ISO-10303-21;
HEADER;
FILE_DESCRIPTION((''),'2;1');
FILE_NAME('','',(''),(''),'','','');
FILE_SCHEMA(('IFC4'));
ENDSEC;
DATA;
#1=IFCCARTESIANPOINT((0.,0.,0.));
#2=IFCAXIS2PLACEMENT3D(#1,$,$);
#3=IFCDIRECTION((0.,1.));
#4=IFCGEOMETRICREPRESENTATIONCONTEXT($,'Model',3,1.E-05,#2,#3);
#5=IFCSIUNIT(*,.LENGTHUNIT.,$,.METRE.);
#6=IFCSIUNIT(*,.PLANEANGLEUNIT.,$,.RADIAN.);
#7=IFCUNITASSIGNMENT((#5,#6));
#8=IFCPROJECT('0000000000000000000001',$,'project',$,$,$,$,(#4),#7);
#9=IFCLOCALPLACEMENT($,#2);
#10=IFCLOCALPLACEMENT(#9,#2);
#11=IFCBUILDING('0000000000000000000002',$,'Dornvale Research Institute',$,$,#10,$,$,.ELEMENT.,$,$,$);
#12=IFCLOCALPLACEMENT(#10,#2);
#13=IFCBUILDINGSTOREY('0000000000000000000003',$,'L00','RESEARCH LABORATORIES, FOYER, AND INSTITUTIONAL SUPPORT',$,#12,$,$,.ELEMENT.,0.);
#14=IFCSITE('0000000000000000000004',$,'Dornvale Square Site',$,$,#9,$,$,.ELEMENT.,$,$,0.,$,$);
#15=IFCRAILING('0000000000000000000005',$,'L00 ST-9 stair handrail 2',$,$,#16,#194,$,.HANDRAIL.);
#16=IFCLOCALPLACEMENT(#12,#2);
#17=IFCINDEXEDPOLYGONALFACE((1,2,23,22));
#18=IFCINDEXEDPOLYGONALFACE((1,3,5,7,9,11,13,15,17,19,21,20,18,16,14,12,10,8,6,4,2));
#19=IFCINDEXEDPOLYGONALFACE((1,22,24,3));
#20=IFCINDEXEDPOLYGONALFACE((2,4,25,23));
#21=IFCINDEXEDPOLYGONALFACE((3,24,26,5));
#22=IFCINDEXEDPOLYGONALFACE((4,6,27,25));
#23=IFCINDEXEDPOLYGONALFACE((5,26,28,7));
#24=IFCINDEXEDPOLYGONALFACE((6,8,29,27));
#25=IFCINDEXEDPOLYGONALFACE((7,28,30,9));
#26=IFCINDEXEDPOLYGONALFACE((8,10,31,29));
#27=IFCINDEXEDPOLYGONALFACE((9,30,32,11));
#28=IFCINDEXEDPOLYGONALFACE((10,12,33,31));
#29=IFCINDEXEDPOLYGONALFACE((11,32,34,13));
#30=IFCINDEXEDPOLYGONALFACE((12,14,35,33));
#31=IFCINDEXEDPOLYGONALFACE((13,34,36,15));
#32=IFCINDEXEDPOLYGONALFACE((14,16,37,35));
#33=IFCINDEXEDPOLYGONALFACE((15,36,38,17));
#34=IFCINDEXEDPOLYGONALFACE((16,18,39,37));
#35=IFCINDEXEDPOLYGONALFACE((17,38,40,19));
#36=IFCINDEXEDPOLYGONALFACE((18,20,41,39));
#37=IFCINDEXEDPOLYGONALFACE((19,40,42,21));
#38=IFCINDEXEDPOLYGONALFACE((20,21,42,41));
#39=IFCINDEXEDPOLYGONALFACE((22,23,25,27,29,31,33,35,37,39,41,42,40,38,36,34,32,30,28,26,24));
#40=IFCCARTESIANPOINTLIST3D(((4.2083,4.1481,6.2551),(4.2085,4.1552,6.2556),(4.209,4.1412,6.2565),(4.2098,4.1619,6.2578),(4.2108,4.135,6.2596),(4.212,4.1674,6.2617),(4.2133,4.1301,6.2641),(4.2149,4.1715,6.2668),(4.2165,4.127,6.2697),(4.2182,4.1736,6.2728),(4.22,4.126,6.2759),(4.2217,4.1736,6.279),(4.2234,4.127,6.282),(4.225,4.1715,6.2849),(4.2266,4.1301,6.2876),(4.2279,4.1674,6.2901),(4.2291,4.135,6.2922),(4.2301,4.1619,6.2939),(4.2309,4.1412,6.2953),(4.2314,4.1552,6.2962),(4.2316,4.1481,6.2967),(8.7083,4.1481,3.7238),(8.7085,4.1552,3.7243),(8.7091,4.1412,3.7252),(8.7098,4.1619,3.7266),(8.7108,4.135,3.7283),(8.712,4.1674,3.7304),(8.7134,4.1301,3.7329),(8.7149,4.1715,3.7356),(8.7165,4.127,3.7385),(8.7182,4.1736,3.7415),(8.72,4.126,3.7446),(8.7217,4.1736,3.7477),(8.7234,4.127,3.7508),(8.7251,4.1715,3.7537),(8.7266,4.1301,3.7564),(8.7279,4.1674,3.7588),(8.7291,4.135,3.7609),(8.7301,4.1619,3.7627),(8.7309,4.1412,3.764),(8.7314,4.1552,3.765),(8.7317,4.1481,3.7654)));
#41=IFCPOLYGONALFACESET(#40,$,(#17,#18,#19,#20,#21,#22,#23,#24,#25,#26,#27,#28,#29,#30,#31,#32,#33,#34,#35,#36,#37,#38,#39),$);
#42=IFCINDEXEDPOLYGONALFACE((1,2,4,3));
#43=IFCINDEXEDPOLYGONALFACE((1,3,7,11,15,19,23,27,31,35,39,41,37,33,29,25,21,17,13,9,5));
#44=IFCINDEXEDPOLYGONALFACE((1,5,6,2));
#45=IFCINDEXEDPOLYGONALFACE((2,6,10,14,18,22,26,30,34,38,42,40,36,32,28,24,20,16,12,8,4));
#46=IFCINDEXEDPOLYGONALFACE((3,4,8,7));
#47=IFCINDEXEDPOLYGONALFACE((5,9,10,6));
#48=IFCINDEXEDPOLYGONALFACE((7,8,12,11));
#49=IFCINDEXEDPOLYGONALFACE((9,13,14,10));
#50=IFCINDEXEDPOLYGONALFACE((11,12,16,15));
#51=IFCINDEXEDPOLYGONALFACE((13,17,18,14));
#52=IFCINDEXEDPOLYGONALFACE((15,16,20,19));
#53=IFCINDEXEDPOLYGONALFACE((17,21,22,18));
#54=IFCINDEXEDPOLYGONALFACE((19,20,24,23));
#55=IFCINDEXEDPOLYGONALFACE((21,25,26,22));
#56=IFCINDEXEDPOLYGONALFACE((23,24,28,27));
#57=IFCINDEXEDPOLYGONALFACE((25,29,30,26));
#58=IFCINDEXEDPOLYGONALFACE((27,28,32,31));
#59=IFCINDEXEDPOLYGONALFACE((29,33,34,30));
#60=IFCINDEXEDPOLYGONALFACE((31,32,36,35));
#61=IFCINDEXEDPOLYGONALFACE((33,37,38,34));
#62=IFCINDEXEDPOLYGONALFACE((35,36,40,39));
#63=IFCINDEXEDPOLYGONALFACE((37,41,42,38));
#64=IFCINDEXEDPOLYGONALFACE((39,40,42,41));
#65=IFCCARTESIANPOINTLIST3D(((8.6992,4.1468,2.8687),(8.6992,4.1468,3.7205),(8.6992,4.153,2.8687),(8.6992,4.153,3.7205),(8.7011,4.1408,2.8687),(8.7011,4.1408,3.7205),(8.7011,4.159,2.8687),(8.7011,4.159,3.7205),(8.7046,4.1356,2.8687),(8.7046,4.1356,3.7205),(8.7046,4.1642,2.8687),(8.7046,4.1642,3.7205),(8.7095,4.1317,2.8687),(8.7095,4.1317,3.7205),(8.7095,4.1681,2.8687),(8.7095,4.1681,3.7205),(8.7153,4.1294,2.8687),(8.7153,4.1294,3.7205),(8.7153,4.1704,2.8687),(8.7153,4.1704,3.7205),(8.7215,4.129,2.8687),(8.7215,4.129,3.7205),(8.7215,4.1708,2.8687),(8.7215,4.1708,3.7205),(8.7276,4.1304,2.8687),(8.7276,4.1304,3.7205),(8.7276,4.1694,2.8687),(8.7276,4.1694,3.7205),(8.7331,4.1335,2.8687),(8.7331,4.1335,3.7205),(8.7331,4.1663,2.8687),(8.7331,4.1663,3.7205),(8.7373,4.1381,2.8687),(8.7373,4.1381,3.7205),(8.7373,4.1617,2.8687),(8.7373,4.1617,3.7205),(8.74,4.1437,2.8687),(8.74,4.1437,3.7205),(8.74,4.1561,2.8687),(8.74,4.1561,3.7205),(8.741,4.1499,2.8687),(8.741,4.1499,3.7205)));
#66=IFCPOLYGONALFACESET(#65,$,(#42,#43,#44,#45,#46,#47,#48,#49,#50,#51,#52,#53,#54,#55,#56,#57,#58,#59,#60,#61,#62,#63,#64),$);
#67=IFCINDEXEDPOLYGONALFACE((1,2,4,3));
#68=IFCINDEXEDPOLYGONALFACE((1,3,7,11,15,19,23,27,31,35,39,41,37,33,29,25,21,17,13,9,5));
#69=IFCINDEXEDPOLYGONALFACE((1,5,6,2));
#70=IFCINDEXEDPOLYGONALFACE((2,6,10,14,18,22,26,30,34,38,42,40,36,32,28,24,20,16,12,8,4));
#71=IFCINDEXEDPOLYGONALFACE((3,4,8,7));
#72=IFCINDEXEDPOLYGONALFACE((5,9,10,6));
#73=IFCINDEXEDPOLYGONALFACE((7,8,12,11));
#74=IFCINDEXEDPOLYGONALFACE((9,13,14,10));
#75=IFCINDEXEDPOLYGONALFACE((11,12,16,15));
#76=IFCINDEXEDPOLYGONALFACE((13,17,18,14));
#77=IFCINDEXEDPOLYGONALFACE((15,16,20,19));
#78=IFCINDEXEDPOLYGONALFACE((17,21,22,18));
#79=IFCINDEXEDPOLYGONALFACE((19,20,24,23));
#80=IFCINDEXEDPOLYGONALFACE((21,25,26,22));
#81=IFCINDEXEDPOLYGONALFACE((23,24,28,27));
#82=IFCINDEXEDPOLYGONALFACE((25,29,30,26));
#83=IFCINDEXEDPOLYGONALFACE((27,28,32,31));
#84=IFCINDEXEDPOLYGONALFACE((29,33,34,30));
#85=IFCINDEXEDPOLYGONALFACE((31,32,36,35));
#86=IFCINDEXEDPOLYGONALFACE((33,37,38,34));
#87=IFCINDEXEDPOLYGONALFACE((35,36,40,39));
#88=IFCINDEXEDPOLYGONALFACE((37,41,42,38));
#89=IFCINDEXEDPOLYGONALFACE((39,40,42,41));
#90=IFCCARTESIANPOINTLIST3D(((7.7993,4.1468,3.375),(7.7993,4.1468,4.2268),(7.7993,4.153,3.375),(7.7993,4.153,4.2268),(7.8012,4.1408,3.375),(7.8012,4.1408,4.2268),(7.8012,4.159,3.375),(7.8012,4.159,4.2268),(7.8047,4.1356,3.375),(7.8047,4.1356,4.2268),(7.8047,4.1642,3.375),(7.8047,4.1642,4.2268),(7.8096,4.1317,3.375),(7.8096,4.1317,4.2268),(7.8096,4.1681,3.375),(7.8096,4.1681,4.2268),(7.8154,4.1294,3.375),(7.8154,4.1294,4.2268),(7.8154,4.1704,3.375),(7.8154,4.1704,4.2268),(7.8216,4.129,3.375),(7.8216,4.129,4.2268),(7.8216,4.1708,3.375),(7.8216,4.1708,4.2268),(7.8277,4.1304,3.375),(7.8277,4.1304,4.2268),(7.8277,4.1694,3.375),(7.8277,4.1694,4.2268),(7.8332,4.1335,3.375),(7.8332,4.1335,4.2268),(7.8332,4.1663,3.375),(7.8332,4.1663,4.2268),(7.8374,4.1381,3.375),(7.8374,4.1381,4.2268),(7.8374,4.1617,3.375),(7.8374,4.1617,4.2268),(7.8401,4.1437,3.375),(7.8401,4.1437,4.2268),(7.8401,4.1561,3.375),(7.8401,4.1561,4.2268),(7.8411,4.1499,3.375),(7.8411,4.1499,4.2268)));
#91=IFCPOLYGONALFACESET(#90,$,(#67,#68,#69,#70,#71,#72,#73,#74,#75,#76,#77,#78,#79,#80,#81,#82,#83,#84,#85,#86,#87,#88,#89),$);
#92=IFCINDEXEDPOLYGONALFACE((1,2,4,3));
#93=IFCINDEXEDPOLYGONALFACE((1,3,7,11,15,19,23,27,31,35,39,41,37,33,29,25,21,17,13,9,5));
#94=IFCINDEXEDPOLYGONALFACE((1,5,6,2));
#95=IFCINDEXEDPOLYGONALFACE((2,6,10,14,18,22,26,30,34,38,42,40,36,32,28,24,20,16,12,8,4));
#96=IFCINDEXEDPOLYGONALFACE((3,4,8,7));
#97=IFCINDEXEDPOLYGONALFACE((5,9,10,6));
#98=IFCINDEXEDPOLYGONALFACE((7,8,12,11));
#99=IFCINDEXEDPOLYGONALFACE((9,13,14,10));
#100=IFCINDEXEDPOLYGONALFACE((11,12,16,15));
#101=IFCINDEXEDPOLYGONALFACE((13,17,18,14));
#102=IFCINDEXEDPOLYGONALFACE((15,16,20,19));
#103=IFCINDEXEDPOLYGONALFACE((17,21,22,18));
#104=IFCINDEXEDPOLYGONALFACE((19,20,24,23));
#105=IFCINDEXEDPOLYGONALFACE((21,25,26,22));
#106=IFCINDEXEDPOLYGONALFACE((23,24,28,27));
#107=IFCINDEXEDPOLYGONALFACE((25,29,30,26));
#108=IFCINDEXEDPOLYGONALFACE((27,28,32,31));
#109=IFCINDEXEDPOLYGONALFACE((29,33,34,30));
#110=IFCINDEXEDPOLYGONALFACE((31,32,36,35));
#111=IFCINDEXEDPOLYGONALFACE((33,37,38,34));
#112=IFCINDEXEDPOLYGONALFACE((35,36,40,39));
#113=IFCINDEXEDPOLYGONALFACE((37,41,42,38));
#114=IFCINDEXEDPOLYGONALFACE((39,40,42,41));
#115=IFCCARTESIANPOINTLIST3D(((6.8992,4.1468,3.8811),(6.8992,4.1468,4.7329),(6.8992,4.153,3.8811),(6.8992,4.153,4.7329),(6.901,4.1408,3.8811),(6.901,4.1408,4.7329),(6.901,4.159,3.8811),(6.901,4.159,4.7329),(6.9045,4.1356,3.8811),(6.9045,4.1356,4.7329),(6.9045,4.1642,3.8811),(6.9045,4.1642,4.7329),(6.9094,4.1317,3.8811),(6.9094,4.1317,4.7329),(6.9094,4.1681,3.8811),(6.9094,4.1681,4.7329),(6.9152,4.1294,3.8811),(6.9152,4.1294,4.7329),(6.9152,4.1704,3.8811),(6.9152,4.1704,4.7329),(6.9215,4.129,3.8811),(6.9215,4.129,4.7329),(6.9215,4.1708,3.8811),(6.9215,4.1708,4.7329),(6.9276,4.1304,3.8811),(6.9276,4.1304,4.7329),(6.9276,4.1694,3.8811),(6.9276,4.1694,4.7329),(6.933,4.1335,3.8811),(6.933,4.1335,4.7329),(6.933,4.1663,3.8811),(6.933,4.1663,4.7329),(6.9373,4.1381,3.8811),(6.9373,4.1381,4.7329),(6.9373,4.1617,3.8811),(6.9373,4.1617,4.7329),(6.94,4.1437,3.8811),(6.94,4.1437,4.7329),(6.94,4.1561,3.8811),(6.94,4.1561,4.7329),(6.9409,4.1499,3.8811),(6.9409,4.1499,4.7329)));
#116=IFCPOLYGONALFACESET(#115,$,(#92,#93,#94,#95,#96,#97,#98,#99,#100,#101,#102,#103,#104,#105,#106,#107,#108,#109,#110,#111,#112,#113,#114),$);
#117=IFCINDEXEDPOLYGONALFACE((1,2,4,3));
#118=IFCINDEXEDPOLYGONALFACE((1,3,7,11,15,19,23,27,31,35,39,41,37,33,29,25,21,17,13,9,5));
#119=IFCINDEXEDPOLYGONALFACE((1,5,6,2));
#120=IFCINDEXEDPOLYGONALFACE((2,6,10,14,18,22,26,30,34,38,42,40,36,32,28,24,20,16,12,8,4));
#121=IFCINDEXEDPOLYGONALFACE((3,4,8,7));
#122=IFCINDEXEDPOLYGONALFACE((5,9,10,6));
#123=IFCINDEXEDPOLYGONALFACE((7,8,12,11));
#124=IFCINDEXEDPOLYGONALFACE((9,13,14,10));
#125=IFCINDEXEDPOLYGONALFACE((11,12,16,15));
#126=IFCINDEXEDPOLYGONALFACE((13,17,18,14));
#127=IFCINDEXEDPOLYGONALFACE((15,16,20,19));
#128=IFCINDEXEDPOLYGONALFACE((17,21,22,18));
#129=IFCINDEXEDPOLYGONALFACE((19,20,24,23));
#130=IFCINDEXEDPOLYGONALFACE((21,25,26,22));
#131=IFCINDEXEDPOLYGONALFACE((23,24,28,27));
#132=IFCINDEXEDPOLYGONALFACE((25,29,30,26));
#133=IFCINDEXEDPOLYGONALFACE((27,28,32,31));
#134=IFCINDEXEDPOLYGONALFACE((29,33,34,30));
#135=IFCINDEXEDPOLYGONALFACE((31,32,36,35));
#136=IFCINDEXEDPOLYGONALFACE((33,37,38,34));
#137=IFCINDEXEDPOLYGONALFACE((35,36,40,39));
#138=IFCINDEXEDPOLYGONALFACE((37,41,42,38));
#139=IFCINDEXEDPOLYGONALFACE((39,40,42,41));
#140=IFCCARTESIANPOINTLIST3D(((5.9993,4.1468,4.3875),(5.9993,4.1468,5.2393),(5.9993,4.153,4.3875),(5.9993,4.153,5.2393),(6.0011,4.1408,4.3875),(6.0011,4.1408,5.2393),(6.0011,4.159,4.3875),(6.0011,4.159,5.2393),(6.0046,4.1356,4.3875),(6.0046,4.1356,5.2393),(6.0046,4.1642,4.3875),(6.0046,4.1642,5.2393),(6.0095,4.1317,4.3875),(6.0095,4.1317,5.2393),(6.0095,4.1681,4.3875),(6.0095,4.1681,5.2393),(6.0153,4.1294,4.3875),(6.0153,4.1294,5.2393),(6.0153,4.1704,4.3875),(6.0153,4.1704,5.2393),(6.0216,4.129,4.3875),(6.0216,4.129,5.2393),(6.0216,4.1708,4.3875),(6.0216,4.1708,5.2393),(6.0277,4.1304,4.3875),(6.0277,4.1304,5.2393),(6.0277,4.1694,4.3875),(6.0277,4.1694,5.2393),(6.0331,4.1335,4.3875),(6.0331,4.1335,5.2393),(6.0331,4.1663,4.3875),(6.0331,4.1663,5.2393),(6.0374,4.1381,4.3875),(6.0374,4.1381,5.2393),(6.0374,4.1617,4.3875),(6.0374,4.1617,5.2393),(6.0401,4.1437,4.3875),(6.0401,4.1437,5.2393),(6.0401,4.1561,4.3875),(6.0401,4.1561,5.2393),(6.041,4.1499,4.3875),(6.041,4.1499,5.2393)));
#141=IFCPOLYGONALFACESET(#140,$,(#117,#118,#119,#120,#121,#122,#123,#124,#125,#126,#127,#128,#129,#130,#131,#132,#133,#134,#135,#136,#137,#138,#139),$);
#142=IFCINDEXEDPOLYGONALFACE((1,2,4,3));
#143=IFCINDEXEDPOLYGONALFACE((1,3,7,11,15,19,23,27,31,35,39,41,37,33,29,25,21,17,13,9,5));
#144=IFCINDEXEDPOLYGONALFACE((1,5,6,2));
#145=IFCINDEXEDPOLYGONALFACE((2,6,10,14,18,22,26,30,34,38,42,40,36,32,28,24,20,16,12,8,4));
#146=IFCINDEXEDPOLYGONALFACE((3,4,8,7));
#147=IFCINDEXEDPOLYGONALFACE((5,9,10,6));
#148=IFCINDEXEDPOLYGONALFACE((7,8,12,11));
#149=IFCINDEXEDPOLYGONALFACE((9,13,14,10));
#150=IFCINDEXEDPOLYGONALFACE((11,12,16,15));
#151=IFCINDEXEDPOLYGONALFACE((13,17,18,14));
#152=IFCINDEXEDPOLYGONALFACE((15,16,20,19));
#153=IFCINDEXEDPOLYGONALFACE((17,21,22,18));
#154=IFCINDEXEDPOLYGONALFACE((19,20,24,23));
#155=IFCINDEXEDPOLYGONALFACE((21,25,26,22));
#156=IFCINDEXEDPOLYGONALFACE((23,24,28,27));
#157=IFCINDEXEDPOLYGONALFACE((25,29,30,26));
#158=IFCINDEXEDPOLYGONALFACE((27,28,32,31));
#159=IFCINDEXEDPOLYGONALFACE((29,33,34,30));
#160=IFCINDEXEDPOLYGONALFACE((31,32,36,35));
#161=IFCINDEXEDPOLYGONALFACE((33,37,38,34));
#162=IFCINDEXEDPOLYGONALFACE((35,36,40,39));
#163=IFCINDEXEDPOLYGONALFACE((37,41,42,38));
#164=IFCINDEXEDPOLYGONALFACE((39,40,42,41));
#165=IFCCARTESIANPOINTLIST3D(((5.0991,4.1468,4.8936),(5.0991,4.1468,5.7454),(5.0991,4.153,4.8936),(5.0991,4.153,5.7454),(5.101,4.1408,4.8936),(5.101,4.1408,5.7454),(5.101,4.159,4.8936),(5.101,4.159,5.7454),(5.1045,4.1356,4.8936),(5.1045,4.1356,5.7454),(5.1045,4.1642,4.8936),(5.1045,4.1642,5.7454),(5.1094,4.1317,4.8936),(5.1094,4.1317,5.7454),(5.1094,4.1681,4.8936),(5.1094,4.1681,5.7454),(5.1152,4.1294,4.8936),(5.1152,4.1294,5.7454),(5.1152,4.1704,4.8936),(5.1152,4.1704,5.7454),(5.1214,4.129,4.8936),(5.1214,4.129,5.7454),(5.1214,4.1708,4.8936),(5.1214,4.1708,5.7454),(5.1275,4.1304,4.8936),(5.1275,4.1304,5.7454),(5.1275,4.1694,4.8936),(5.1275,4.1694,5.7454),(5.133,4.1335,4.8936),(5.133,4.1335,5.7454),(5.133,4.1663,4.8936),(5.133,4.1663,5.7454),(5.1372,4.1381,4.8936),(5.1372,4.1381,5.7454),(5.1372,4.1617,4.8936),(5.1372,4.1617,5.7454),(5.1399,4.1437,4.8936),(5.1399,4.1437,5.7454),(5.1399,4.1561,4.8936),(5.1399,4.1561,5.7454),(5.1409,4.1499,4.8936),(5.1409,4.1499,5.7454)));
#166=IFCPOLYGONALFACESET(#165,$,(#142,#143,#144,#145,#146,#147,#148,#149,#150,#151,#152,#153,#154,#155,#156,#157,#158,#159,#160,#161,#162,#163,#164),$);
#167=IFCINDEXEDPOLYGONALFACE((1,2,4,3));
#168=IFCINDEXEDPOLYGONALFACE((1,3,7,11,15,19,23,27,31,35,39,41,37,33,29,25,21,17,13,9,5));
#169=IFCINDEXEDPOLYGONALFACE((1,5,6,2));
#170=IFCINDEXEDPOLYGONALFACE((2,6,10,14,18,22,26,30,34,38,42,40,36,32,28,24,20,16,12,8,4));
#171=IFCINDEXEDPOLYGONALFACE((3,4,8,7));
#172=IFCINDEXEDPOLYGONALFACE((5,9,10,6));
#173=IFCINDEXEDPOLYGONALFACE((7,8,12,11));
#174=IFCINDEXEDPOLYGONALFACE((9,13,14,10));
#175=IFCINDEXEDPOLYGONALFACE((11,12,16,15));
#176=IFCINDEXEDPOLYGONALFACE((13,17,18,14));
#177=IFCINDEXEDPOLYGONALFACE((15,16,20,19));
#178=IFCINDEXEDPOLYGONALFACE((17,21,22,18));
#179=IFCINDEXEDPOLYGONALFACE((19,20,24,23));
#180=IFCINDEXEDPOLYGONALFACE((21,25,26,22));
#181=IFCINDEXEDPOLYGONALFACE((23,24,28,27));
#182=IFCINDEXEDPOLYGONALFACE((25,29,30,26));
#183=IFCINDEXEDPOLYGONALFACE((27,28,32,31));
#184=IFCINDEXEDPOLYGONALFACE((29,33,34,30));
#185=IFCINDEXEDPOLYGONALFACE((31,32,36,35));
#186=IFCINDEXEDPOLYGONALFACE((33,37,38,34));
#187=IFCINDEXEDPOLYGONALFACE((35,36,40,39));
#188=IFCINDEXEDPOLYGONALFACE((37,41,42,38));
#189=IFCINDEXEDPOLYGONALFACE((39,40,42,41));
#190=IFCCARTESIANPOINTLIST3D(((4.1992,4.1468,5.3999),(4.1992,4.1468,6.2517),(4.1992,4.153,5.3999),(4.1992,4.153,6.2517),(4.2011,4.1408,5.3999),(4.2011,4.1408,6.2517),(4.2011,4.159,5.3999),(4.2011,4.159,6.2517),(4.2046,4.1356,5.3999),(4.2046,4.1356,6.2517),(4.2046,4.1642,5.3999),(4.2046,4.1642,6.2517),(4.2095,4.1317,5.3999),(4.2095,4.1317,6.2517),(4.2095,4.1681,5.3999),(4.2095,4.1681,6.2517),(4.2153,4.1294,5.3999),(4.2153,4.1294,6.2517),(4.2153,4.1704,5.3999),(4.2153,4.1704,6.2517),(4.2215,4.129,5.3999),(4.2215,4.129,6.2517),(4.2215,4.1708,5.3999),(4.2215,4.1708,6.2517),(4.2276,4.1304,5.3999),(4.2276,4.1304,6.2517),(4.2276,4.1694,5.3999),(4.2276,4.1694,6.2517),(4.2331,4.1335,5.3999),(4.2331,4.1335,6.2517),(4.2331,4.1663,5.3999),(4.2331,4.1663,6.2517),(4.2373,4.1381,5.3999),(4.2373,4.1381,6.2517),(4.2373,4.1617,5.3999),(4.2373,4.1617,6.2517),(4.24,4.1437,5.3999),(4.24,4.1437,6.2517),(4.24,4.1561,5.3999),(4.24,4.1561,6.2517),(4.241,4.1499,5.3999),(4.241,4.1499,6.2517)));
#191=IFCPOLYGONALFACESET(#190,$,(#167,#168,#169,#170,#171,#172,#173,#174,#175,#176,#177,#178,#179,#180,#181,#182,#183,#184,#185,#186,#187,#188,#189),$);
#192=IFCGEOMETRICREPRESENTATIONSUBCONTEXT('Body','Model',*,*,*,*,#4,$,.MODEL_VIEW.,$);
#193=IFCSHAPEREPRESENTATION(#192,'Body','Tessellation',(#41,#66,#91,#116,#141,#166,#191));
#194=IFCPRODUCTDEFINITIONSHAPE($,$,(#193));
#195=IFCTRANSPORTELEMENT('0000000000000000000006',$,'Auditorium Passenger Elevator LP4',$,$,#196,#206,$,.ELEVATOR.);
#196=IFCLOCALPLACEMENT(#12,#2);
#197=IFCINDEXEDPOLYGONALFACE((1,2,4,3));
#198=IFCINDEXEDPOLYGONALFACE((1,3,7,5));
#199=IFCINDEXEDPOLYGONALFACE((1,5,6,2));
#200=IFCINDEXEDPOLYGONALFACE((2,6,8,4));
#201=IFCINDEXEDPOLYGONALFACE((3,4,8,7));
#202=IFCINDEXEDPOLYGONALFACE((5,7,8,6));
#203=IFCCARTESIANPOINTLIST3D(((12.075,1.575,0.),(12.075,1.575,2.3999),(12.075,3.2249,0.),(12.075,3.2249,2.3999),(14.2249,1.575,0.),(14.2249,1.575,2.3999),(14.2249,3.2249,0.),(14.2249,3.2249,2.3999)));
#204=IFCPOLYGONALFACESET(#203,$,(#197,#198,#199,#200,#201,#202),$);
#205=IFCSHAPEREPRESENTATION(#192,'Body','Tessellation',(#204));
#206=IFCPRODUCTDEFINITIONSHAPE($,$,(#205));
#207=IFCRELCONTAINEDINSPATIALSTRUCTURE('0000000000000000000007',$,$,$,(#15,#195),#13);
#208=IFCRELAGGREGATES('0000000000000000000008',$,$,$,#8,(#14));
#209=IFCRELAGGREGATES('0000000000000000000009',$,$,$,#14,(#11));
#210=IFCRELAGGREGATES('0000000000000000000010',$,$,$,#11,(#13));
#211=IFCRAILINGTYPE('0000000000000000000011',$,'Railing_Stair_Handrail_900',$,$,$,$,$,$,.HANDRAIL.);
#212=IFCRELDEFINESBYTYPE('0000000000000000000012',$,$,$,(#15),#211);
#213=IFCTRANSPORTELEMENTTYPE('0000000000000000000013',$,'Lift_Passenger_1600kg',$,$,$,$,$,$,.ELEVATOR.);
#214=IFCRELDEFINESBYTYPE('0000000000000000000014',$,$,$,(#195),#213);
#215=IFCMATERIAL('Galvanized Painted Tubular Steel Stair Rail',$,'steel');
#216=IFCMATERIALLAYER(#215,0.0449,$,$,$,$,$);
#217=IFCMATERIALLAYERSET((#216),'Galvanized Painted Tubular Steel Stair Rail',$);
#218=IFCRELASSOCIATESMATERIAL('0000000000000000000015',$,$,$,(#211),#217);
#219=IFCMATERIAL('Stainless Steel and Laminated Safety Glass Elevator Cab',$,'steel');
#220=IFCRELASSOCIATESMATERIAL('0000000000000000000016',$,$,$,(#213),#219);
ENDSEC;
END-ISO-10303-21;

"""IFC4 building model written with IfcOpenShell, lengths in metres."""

from ifc_helpers import new_model, si_unit, direction, frame, origin, origin_2d, place, context, subcontext, project, spatial, rectangle, circle, extrude, material, layer, layer_set, type_object, element, save


model = new_model("IFC4")

# Units and contexts
model_context = context("Model", 3, precision=1e-05, world=origin(), true_north=direction((0.0, 1.0)))
body_context = subcontext(model_context, "Body", "Model", "MODEL_VIEW")
ifc_project = project(units=[si_unit("LENGTHUNIT", "METRE"), si_unit("PLANEANGLEUNIT", "RADIAN")], contexts=[model_context])

# Site, building, storey
site_placement = place(None, origin())
site = spatial("IfcSite", under=ifc_project, at=site_placement, Name="Dornvale Square Site", CompositionType="ELEMENT", RefElevation=0.0)
building_placement = place(site_placement, origin())
building = spatial("IfcBuilding", under=site, at=building_placement, Name="Dornvale Research Institute", CompositionType="ELEMENT")
storey_placement = place(building_placement, origin())
storey = spatial("IfcBuildingStorey", under=building, at=storey_placement, Name="L00", Description="RESEARCH LABORATORIES, FOYER, AND INSTITUTIONAL SUPPORT", CompositionType="ELEMENT", Elevation=0.0)

# Railing
ifc_material_1 = material(Name="Galvanized Painted Tubular Steel Stair Rail", Category="steel")
ifc_layer_1 = layer(ifc_material_1, 0.0449)
ifc_layer_set_1 = layer_set([ifc_layer_1], Name="Galvanized Painted Tubular Steel Stair Rail")
railing_type_1 = type_object("IfcRailingType", Name="Railing_Stair_Handrail_900", PredefinedType="HANDRAIL", material=ifc_layer_set_1)
railing_1_placement = place(storey_placement, frame((8.72, 4.1499, 2.8687)))
element("IfcRailing", 1, at=railing_1_placement, inside=storey, type_object=railing_type_1, Name="L00 ST-9 stair handrail 2", PredefinedType="HANDRAIL", context=body_context, shape_type="SweptSolid", body=[
    extrude(circle(Radius=0.0239, at=origin_2d()), frame((0.0, 0.0, 0.876), z_axis=(-0.871576, 0.0, 0.490261), x_axis=(0.0, -1.0, 0.0)), (0.0, 0.0, 1.0), 5.1631),
    extrude(circle(Radius=0.021, at=origin_2d()), origin(), (0.0, 0.0, 1.0), 0.8518),
    extrude(circle(Radius=0.021, at=origin_2d()), frame((-0.8999, 0.0, 0.5063)), (0.0, 0.0, 1.0), 0.8518),
    extrude(circle(Radius=0.021, at=origin_2d()), frame((-1.8, 0.0, 1.0125)), (0.0, 0.0, 1.0), 0.8518),
    extrude(circle(Radius=0.021, at=origin_2d()), frame((-2.7, 0.0, 1.5188)), (0.0, 0.0, 1.0), 0.8518),
    extrude(circle(Radius=0.021, at=origin_2d()), frame((-3.6001, 0.0, 2.0249)), (0.0, 0.0, 1.0), 0.8518),
    extrude(circle(Radius=0.021, at=origin_2d()), frame((-4.5, 0.0, 2.5312)), (0.0, 0.0, 1.0), 0.8518),
])

# Transport element
ifc_material_2 = material(Name="Stainless Steel and Laminated Safety Glass Elevator Cab", Category="steel")
transport_element_type = type_object("IfcTransportElementType", Name="Lift_Passenger_1600kg", PredefinedType="ELEVATOR", material=ifc_material_2)
transport_element_placement = place(storey_placement, frame((13.1499, 2.3999, 0.0), z_axis=(0.0, 0.0, 1.0), x_axis=(1.0, 0.0, 0.0)))
element("IfcTransportElement", 2, at=transport_element_placement, inside=storey, type_object=transport_element_type, Name="Auditorium Passenger Elevator LP4", PredefinedType="ELEVATOR", context=body_context, shape_type="SweptSolid", body=[
    extrude(rectangle(XDim=2.1499, YDim=1.6499, at=origin_2d()), origin(), (0.0, 0.0, 1.0), 2.3999),
])

save(model, "model.ifc")
